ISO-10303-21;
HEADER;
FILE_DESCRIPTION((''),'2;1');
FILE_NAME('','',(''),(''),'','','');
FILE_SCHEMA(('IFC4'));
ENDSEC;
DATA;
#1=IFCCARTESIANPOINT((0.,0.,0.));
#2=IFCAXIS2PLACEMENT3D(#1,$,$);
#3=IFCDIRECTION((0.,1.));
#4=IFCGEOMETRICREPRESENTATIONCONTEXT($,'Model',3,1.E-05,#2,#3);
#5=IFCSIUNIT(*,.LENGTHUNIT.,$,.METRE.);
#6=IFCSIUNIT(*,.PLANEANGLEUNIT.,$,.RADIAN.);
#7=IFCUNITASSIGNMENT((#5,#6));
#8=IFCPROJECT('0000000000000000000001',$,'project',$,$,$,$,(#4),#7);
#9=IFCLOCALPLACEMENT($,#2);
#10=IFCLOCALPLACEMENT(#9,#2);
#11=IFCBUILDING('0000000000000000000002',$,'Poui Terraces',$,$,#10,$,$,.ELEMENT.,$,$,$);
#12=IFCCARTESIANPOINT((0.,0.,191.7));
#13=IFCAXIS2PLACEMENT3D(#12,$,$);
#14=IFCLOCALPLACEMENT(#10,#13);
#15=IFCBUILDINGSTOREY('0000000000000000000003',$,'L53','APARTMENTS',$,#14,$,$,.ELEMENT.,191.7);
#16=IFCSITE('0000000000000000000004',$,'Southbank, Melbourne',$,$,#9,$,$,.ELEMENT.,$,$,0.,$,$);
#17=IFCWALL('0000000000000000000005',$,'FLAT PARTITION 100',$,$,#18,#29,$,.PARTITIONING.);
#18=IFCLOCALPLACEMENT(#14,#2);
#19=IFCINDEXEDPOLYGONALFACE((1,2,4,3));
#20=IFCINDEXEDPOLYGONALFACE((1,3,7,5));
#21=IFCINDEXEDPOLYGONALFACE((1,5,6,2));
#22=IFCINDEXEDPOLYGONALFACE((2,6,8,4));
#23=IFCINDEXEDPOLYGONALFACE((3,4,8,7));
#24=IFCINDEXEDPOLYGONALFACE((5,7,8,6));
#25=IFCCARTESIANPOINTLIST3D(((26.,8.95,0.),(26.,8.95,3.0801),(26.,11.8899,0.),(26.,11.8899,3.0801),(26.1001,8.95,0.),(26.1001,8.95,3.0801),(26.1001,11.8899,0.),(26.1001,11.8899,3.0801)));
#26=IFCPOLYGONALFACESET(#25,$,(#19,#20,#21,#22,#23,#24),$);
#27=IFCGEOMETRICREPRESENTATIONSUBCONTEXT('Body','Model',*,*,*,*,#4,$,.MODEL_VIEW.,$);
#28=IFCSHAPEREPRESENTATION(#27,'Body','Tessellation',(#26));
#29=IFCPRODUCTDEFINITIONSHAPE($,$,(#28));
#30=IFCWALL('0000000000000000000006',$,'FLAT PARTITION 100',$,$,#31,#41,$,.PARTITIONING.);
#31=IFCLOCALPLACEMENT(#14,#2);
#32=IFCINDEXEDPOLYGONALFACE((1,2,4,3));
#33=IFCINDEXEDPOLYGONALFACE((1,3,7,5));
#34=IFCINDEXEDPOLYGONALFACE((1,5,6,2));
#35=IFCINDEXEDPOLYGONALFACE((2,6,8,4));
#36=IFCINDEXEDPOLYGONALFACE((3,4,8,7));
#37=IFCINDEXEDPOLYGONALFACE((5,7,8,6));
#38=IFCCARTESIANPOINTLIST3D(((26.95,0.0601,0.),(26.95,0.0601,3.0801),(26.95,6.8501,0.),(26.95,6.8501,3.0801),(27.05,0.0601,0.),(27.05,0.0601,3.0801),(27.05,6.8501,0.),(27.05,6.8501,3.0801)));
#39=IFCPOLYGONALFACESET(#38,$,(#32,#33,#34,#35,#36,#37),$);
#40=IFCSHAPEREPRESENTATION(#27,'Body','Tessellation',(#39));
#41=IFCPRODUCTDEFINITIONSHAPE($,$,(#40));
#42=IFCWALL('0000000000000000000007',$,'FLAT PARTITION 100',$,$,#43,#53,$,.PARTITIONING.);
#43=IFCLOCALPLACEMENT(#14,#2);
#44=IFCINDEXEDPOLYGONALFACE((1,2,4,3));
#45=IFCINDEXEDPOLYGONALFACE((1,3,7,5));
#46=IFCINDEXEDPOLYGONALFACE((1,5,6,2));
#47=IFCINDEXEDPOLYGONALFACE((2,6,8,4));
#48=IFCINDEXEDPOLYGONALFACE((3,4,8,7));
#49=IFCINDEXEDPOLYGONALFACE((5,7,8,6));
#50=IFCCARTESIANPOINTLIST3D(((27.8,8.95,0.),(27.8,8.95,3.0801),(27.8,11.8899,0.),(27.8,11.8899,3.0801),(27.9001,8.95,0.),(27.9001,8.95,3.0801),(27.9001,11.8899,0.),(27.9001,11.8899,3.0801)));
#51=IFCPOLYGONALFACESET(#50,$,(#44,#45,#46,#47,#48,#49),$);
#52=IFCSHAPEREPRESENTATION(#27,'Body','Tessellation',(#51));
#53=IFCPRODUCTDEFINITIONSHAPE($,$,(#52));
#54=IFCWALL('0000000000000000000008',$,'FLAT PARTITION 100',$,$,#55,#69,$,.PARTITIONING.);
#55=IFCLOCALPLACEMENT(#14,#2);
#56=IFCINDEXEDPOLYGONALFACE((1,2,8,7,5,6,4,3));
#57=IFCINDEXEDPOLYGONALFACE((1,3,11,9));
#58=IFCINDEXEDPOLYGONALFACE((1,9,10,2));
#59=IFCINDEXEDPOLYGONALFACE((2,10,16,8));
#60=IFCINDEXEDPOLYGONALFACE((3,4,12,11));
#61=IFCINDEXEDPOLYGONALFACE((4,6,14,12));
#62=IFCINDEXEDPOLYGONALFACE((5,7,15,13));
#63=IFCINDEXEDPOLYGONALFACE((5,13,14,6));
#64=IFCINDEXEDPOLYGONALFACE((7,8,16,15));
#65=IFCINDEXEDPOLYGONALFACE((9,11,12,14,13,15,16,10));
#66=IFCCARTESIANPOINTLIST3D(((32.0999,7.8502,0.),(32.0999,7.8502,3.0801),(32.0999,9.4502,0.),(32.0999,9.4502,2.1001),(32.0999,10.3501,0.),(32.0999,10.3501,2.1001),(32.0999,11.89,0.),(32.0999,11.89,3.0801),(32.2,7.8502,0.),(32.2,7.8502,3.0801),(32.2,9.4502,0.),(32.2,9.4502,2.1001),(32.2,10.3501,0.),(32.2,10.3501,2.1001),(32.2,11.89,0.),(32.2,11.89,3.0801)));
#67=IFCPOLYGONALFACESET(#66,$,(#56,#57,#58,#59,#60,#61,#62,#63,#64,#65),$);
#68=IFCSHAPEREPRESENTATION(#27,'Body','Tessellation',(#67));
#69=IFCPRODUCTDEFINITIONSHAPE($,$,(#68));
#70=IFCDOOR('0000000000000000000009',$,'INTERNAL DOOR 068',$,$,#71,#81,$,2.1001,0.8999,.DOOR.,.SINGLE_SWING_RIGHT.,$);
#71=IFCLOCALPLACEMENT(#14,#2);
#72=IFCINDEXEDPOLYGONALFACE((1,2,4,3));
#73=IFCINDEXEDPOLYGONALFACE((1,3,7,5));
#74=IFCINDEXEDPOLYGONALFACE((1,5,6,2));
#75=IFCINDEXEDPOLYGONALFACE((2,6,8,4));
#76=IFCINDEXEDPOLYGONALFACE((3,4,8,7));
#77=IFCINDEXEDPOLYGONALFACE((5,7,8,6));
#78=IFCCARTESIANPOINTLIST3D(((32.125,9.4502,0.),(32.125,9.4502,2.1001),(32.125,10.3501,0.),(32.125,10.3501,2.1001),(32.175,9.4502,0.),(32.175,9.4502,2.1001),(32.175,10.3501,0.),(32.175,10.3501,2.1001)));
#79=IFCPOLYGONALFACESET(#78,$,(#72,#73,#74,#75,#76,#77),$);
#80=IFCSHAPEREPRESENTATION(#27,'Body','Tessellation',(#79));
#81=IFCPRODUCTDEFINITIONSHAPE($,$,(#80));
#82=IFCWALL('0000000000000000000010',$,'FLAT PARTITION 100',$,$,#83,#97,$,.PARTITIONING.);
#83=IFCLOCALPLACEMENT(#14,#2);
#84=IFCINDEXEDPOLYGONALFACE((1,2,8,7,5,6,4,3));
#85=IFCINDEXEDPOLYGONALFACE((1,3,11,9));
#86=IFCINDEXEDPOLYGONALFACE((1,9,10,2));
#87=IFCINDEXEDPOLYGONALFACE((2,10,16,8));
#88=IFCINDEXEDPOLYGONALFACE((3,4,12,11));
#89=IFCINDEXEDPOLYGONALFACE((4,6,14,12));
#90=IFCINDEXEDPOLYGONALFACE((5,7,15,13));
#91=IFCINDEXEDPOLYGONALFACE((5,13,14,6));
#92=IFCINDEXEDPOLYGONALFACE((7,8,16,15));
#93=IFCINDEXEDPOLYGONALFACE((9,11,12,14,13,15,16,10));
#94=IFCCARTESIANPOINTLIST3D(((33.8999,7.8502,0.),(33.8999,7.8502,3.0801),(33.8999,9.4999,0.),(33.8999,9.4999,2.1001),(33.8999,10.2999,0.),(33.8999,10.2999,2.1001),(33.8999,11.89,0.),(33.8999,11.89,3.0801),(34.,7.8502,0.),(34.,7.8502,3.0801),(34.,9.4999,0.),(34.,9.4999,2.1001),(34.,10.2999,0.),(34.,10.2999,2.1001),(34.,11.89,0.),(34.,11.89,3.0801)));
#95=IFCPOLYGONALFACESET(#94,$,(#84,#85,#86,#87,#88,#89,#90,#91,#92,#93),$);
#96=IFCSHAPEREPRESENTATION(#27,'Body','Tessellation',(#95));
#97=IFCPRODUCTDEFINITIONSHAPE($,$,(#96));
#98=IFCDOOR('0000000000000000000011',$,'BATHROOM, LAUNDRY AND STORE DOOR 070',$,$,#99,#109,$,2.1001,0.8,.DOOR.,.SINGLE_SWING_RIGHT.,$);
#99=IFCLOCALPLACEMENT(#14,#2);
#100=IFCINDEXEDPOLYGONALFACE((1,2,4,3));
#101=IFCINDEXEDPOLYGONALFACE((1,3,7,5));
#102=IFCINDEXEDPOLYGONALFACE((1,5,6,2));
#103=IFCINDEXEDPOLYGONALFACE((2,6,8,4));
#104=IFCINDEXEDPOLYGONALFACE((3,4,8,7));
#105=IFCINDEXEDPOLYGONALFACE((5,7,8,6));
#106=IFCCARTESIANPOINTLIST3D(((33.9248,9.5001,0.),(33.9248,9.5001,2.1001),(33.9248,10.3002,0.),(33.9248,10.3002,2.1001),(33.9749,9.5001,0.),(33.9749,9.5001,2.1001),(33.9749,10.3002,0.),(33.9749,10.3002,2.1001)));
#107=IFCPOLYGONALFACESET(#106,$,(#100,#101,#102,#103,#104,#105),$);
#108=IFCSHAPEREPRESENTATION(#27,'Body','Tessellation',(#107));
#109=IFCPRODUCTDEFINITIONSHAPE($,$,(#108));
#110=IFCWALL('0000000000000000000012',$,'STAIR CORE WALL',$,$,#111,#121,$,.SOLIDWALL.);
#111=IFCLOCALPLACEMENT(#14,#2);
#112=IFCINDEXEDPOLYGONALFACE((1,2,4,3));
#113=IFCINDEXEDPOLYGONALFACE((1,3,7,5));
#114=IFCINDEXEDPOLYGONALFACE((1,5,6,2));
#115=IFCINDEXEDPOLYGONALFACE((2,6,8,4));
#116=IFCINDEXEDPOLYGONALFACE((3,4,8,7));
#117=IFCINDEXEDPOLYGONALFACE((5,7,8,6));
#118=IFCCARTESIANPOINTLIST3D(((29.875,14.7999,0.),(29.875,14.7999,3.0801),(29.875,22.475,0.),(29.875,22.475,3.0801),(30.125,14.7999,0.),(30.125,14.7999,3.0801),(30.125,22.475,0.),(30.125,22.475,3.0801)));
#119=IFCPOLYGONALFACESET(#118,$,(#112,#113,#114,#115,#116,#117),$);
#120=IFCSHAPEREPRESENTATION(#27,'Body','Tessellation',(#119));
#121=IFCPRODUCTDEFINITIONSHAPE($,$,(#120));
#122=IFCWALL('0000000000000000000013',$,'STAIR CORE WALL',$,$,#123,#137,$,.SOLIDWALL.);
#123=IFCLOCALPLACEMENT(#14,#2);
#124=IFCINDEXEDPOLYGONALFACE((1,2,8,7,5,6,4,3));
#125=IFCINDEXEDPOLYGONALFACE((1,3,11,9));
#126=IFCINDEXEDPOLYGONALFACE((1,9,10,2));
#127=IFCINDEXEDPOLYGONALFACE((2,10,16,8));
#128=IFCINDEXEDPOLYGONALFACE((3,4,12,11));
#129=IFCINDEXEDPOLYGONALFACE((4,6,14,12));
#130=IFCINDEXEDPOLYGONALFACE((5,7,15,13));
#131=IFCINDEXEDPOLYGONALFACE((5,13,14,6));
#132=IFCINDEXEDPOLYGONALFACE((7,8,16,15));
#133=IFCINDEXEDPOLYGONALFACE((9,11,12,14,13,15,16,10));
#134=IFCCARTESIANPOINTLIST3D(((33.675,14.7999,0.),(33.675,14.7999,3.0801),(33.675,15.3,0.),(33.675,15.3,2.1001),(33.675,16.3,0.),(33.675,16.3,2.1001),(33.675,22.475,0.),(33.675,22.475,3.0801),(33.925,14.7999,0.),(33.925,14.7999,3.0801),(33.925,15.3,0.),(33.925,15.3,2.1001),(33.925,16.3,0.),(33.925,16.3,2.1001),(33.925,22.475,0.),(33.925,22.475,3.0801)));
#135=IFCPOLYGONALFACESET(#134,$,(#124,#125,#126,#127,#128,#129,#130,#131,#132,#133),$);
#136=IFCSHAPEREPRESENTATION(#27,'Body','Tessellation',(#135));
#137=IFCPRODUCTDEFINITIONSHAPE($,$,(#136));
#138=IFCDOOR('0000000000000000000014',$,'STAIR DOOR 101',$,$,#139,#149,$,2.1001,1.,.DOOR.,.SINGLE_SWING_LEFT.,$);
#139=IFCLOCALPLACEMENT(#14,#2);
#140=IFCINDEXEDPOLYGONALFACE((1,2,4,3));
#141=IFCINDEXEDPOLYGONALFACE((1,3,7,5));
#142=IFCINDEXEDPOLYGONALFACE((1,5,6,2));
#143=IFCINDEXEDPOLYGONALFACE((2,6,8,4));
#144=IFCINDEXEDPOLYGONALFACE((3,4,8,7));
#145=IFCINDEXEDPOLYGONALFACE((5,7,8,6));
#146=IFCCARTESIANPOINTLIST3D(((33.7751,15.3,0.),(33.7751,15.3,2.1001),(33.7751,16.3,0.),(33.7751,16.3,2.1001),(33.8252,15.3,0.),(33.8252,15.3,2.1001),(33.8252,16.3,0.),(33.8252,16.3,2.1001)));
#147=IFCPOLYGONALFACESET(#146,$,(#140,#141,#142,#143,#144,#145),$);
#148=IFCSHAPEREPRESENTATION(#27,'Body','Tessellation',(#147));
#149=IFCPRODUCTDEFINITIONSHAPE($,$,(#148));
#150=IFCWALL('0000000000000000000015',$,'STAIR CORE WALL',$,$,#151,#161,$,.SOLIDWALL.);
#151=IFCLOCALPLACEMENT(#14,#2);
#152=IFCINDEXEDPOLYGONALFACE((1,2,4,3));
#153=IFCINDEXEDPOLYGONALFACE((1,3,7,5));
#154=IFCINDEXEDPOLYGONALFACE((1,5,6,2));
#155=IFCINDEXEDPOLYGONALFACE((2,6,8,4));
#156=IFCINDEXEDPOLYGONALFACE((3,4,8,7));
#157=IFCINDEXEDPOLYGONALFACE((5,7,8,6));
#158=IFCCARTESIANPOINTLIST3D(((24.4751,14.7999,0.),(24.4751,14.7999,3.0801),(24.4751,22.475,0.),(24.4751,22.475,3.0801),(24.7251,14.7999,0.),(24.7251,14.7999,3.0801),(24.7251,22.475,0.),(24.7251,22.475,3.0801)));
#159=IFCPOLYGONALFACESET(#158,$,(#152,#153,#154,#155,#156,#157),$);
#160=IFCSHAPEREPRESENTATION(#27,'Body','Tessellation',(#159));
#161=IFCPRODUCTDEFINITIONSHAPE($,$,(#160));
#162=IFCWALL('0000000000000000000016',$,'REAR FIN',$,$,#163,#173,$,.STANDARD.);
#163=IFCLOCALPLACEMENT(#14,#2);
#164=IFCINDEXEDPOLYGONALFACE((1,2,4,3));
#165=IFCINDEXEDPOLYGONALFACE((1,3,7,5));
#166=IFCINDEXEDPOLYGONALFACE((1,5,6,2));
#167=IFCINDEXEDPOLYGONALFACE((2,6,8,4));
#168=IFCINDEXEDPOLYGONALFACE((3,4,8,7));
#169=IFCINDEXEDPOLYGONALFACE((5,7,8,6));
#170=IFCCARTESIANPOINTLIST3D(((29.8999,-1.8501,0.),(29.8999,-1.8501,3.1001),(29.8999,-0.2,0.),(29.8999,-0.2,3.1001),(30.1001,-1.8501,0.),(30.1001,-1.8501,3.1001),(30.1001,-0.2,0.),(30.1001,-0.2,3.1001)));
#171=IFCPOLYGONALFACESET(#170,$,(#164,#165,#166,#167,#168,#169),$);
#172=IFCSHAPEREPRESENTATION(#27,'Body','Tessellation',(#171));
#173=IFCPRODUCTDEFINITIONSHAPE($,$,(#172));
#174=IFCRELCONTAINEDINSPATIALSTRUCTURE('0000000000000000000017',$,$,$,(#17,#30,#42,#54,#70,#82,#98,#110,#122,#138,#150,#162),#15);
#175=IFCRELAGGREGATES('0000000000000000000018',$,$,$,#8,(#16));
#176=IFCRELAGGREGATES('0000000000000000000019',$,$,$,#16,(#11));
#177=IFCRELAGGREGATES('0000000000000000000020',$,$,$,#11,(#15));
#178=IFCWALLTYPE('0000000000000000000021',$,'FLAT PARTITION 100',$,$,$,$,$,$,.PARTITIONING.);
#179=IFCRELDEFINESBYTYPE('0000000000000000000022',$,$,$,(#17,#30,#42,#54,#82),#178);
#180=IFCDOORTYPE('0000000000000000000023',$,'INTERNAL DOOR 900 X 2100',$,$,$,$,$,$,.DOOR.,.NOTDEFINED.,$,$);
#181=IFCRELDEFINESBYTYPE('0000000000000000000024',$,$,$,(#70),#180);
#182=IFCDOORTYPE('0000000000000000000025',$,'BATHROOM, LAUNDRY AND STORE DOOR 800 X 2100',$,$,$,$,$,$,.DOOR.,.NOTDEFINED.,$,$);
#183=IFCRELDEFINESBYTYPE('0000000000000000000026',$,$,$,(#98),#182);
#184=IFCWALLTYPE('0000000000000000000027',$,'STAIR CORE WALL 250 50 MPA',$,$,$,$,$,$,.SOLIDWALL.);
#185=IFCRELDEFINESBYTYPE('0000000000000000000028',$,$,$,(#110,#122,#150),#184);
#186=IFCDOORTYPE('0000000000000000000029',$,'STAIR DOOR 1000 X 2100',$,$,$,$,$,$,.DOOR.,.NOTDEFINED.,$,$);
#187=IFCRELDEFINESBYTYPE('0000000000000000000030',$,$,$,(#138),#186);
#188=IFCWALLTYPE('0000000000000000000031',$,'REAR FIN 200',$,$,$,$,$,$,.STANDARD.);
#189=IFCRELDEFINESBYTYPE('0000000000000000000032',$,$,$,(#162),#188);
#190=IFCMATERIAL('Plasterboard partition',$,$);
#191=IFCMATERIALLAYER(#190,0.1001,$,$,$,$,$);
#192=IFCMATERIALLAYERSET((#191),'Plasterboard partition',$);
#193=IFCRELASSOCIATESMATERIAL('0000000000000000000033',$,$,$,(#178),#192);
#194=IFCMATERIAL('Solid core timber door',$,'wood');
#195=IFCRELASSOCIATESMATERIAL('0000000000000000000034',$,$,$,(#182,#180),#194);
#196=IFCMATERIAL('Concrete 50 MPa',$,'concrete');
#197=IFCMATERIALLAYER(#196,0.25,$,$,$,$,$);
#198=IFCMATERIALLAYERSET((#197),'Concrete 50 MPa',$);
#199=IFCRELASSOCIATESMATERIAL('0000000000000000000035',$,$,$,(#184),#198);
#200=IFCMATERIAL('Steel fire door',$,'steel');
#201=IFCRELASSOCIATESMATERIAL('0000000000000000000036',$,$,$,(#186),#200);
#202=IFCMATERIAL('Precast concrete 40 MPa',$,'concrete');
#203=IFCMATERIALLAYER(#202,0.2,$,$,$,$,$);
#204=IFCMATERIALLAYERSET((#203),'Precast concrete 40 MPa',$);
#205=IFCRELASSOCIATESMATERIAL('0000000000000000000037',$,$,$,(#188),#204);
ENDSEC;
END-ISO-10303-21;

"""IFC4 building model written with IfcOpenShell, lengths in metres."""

from ifc_helpers import new_model, si_unit, direction, frame, frame_2d, origin, place, context, subcontext, project, spatial, polyline, rectangle, outline, extrude, source, transform, mapped, material, layer, layer_set, type_object, element, fill, save


model = new_model("IFC4")

# Units and contexts
model_context = context("Model", 3, precision=1e-05, world=origin(), true_north=direction((0.0, 1.0)))
body_context = subcontext(model_context, "Body", "Model", "MODEL_VIEW")
ifc_project = project(units=[si_unit("LENGTHUNIT", "METRE"), si_unit("PLANEANGLEUNIT", "RADIAN")], contexts=[model_context])

# Site, building, storey
site_placement = place(None, origin())
site = spatial("IfcSite", under=ifc_project, at=site_placement, Name="Southbank, Melbourne", CompositionType="ELEMENT", RefElevation=0.0)
building_placement = place(site_placement, origin())
building = spatial("IfcBuilding", under=site, at=building_placement, Name="Poui Terraces", CompositionType="ELEMENT")
storey_placement = place(building_placement, frame((0.0, 0.0, 191.7)))
storey = spatial("IfcBuildingStorey", under=building, at=storey_placement, Name="L53", Description="APARTMENTS", CompositionType="ELEMENT", Elevation=191.7)

# Shared definitions
ifc_material_1 = material(Name="Concrete 50 MPa", Category="concrete")

# Shared definitions
ifc_material_2 = material(Name="Precast concrete 40 MPa", Category="concrete")

# Shared definitions
ifc_material_3 = material(Name="Steel fire door", Category="steel")

# Shared definitions
ifc_material_4 = material(Name="Plasterboard partition")
ifc_layer_1 = layer(ifc_material_4, 0.1001)
ifc_layer_set_1 = layer_set([ifc_layer_1], Name="Plasterboard partition")
wall_type_1 = type_object("IfcWallType", Name="FLAT PARTITION 100", PredefinedType="PARTITIONING", material=ifc_layer_set_1)

# Shared definitions
ifc_material_5 = material(Name="Solid core timber door", Category="wood")
door_type_1 = type_object("IfcDoorType", Name="BATHROOM, LAUNDRY AND STORE DOOR 800 X 2100", OperationType="NOTDEFINED", PredefinedType="DOOR", material=ifc_material_5)
door_type_2 = type_object("IfcDoorType", Name="INTERNAL DOOR 900 X 2100", OperationType="NOTDEFINED", PredefinedType="DOOR", material=ifc_material_5)

# Walls
wall_1_placement = place(storey_placement, frame((26.05, 8.95, 0.0), z_axis=(0.0, 0.0, 1.0), x_axis=(0.0, 1.0, 0.0)))
element("IfcWall", 1, at=wall_1_placement, inside=storey, type_object=wall_type_1, Name="FLAT PARTITION 100", PredefinedType="PARTITIONING", context=body_context, shape_type="SweptSolid", body=[
    extrude(rectangle(XDim=2.9399, YDim=0.1001, at=frame_2d((1.47, 0.0))), origin(), (0.0, 0.0, 1.0), 3.0801),
])
wall_2_placement = place(storey_placement, frame((27.0, 0.0601, 0.0), z_axis=(0.0, 0.0, 1.0), x_axis=(0.0, 1.0, 0.0)))
element("IfcWall", 2, at=wall_2_placement, inside=storey, type_object=wall_type_1, Name="FLAT PARTITION 100", PredefinedType="PARTITIONING", context=body_context, shape_type="SweptSolid", body=[
    extrude(rectangle(XDim=6.79, YDim=0.1001, at=frame_2d((3.395, 0.0))), origin(), (0.0, 0.0, 1.0), 3.0801),
])
wall_3_placement = place(storey_placement, frame((27.8501, 8.95, 0.0), z_axis=(0.0, 0.0, 1.0), x_axis=(0.0, 1.0, 0.0)))
element("IfcWall", 3, at=wall_3_placement, inside=storey, type_object=wall_type_1, Name="FLAT PARTITION 100", PredefinedType="PARTITIONING", context=body_context, shape_type="SweptSolid", body=[
    extrude(rectangle(XDim=2.9399, YDim=0.1001, at=frame_2d((1.47, 0.0))), origin(), (0.0, 0.0, 1.0), 3.0801),
])

# Walls, openings, doors
wall_4_placement = place(storey_placement, frame((32.1499, 7.8501, 0.0), z_axis=(0.0, 0.0, 1.0), x_axis=(0.0, 1.0, 0.0)))
wall_4 = element("IfcWall", 4, at=wall_4_placement, inside=storey, type_object=wall_type_1, Name="FLAT PARTITION 100", PredefinedType="PARTITIONING", context=body_context, shape_type="SweptSolid", body=[
    extrude(rectangle(XDim=4.0398, YDim=0.1001, at=frame_2d((2.02, 0.0))), origin(), (0.0, 0.0, 1.0), 3.0801),
])
opening_1_placement = place(wall_4_placement, frame((1.6001, 0.0, 0.0)))
opening_1 = element("IfcOpeningElement", 5, at=opening_1_placement, cuts=wall_4, PredefinedType="OPENING", context=body_context, shape_type="SweptSolid", body=[
    extrude(rectangle(XDim=0.8999, YDim=2.1001, at=frame_2d((0.45, 1.05))), frame((0.0, 0.0601, 0.0), z_axis=(0.0, -1.0, 0.0), x_axis=(1.0, 0.0, 0.0)), (0.0, 0.0, 1.0), 0.1201),
])
door_1_placement = place(opening_1_placement, origin())
door_1 = element("IfcDoor", 6, at=door_1_placement, inside=storey, type_object=door_type_2, Name="INTERNAL DOOR 068", OperationType="SINGLE_SWING_RIGHT", OverallHeight=2.1001, OverallWidth=0.8999, PredefinedType="DOOR", context=body_context, shape_type="SweptSolid", body=[
    extrude(rectangle(XDim=0.8999, YDim=2.1001, at=frame_2d((0.45, 1.05))), frame((0.0, 0.0249, 0.0), z_axis=(0.0, -1.0, 0.0), x_axis=(1.0, 0.0, 0.0)), (0.0, 0.0, 1.0), 0.05),
])
fill(opening_1, door_1)
wall_5_placement = place(storey_placement, frame((33.95, 7.8501, 0.0), z_axis=(0.0, 0.0, 1.0), x_axis=(0.0, 1.0, 0.0)))
wall_5 = element("IfcWall", 7, at=wall_5_placement, inside=storey, type_object=wall_type_1, Name="FLAT PARTITION 100", PredefinedType="PARTITIONING", context=body_context, shape_type="SweptSolid", body=[
    extrude(rectangle(XDim=4.0398, YDim=0.1001, at=frame_2d((2.02, 0.0))), origin(), (0.0, 0.0, 1.0), 3.0801),
])
opening_2_placement = place(wall_5_placement, frame((1.6499, 0.0, 0.0)))
opening_2 = element("IfcOpeningElement", 8, at=opening_2_placement, cuts=wall_5, PredefinedType="OPENING", context=body_context, shape_type="SweptSolid", body=[
    extrude(rectangle(XDim=0.8, YDim=2.1001, at=frame_2d((0.3999, 1.05))), frame((0.0, 0.0601, 0.0), z_axis=(0.0, -1.0, 0.0), x_axis=(1.0, 0.0, 0.0)), (0.0, 0.0, 1.0), 0.1201),
])
door_2_placement = place(opening_2_placement, frame((0.8, 0.0, 0.0), z_axis=(0.0, 0.0, 1.0), x_axis=(-1.0, 0.0, 0.0)))
door_2 = element("IfcDoor", 9, at=door_2_placement, inside=storey, type_object=door_type_1, Name="BATHROOM, LAUNDRY AND STORE DOOR 070", OperationType="SINGLE_SWING_RIGHT", OverallHeight=2.1001, OverallWidth=0.8, PredefinedType="DOOR", context=body_context, shape_type="SweptSolid", body=[
    extrude(rectangle(XDim=0.8, YDim=2.1001, at=frame_2d((0.3999, 1.05))), frame((0.0, 0.0249, 0.0), z_axis=(0.0, -1.0, 0.0), x_axis=(1.0, 0.0, 0.0)), (0.0, 0.0, 1.0), 0.05),
])
fill(opening_2, door_2)

# Wall
ifc_layer_2 = layer(ifc_material_1, 0.25)
ifc_layer_set_2 = layer_set([ifc_layer_2], Name="Concrete 50 MPa")
wall_type_2 = type_object("IfcWallType", Name="STAIR CORE WALL 250 50 MPA", PredefinedType="SOLIDWALL", material=ifc_layer_set_2)
wall_6_placement = place(storey_placement, frame((30.0, 14.8, 0.0), z_axis=(0.0, 0.0, 1.0), x_axis=(0.0, 1.0, 0.0)))
element("IfcWall", 10, at=wall_6_placement, inside=storey, type_object=wall_type_2, Name="STAIR CORE WALL", PredefinedType="SOLIDWALL", context=body_context, shape_type="SweptSolid", body=[
    extrude(rectangle(XDim=7.675, YDim=0.25, at=frame_2d((3.8374, 0.0))), origin(), (0.0, 0.0, 1.0), 3.0801),
])

# Wall, opening, door
wall_7_placement = place(storey_placement, frame((33.8, 14.8, 0.0), z_axis=(0.0, 0.0, 1.0), x_axis=(0.0, 1.0, 0.0)))
wall_7 = element("IfcWall", 11, at=wall_7_placement, inside=storey, type_object=wall_type_2, Name="STAIR CORE WALL", PredefinedType="SOLIDWALL", context=body_context, shape_type="SweptSolid", body=[
    extrude(rectangle(XDim=7.675, YDim=0.25, at=frame_2d((3.8374, 0.0))), origin(), (0.0, 0.0, 1.0), 3.0801),
])
opening_3_placement = place(wall_7_placement, frame((0.5, 0.0, 0.0)))
opening_3 = element("IfcOpeningElement", 12, at=opening_3_placement, cuts=wall_7, PredefinedType="OPENING", context=body_context, shape_type="SweptSolid", body=[
    extrude(rectangle(XDim=1.0, YDim=2.1001, at=frame_2d((0.5, 1.05))), frame((0.0, 0.135, 0.0), z_axis=(0.0, -1.0, 0.0), x_axis=(1.0, 0.0, 0.0)), (0.0, 0.0, 1.0), 0.27),
])
door_type_3 = type_object("IfcDoorType", Name="STAIR DOOR 1000 X 2100", OperationType="NOTDEFINED", PredefinedType="DOOR", material=ifc_material_3)
door_3_placement = place(opening_3_placement, origin())
door_3 = element("IfcDoor", 13, at=door_3_placement, inside=storey, type_object=door_type_3, Name="STAIR DOOR 101", OperationType="SINGLE_SWING_LEFT", OverallHeight=2.1001, OverallWidth=1.0, PredefinedType="DOOR", context=body_context, shape_type="SweptSolid", body=[
    extrude(rectangle(XDim=1.0, YDim=2.1001, at=frame_2d((0.5, 1.05))), frame((0.0, 0.0249, 0.0), z_axis=(0.0, -1.0, 0.0), x_axis=(1.0, 0.0, 0.0)), (0.0, 0.0, 1.0), 0.05),
])
fill(opening_3, door_3)

# Walls
wall_8_placement = place(storey_placement, frame((24.6001, 14.8, 0.0), z_axis=(0.0, 0.0, 1.0), x_axis=(0.0, 1.0, 0.0)))
element("IfcWall", 14, at=wall_8_placement, inside=storey, type_object=wall_type_2, Name="STAIR CORE WALL", PredefinedType="SOLIDWALL", context=body_context, shape_type="SweptSolid", body=[
    extrude(rectangle(XDim=7.675, YDim=0.25, at=frame_2d((3.8374, 0.0))), origin(), (0.0, 0.0, 1.0), 3.0801),
])
ifc_layer_3 = layer(ifc_material_2, 0.2)
ifc_layer_set_3 = layer_set([ifc_layer_3], Name="Precast concrete 40 MPa")
wall_type_3 = type_object("IfcWallType", Name="REAR FIN 200", PredefinedType="STANDARD", material=ifc_layer_set_3)
shared_shape_1 = source(origin(), body_context, "Body", "SweptSolid", [
    extrude(outline(polyline([(0.0, 0.0), (0.2002, 0.0), (0.2002, 1.6501), (0.0, 1.6501), (0.0, 0.0)])), origin(), (0.0, 0.0, 1.0), 3.1001),
])
for number, where, name in (
    (15, (29.8999, -1.8501, 0.0), "REAR FIN"),
):
    element("IfcWall", number, at=place(storey_placement, frame(where)), inside=storey, type_object=wall_type_3, Name=name, PredefinedType="STANDARD", context=body_context, shape_type="MappedRepresentation", body=[
        mapped(shared_shape_1, transform((0.0, 0.0, 0.0))),
    ])

save(model, "model.ifc")
